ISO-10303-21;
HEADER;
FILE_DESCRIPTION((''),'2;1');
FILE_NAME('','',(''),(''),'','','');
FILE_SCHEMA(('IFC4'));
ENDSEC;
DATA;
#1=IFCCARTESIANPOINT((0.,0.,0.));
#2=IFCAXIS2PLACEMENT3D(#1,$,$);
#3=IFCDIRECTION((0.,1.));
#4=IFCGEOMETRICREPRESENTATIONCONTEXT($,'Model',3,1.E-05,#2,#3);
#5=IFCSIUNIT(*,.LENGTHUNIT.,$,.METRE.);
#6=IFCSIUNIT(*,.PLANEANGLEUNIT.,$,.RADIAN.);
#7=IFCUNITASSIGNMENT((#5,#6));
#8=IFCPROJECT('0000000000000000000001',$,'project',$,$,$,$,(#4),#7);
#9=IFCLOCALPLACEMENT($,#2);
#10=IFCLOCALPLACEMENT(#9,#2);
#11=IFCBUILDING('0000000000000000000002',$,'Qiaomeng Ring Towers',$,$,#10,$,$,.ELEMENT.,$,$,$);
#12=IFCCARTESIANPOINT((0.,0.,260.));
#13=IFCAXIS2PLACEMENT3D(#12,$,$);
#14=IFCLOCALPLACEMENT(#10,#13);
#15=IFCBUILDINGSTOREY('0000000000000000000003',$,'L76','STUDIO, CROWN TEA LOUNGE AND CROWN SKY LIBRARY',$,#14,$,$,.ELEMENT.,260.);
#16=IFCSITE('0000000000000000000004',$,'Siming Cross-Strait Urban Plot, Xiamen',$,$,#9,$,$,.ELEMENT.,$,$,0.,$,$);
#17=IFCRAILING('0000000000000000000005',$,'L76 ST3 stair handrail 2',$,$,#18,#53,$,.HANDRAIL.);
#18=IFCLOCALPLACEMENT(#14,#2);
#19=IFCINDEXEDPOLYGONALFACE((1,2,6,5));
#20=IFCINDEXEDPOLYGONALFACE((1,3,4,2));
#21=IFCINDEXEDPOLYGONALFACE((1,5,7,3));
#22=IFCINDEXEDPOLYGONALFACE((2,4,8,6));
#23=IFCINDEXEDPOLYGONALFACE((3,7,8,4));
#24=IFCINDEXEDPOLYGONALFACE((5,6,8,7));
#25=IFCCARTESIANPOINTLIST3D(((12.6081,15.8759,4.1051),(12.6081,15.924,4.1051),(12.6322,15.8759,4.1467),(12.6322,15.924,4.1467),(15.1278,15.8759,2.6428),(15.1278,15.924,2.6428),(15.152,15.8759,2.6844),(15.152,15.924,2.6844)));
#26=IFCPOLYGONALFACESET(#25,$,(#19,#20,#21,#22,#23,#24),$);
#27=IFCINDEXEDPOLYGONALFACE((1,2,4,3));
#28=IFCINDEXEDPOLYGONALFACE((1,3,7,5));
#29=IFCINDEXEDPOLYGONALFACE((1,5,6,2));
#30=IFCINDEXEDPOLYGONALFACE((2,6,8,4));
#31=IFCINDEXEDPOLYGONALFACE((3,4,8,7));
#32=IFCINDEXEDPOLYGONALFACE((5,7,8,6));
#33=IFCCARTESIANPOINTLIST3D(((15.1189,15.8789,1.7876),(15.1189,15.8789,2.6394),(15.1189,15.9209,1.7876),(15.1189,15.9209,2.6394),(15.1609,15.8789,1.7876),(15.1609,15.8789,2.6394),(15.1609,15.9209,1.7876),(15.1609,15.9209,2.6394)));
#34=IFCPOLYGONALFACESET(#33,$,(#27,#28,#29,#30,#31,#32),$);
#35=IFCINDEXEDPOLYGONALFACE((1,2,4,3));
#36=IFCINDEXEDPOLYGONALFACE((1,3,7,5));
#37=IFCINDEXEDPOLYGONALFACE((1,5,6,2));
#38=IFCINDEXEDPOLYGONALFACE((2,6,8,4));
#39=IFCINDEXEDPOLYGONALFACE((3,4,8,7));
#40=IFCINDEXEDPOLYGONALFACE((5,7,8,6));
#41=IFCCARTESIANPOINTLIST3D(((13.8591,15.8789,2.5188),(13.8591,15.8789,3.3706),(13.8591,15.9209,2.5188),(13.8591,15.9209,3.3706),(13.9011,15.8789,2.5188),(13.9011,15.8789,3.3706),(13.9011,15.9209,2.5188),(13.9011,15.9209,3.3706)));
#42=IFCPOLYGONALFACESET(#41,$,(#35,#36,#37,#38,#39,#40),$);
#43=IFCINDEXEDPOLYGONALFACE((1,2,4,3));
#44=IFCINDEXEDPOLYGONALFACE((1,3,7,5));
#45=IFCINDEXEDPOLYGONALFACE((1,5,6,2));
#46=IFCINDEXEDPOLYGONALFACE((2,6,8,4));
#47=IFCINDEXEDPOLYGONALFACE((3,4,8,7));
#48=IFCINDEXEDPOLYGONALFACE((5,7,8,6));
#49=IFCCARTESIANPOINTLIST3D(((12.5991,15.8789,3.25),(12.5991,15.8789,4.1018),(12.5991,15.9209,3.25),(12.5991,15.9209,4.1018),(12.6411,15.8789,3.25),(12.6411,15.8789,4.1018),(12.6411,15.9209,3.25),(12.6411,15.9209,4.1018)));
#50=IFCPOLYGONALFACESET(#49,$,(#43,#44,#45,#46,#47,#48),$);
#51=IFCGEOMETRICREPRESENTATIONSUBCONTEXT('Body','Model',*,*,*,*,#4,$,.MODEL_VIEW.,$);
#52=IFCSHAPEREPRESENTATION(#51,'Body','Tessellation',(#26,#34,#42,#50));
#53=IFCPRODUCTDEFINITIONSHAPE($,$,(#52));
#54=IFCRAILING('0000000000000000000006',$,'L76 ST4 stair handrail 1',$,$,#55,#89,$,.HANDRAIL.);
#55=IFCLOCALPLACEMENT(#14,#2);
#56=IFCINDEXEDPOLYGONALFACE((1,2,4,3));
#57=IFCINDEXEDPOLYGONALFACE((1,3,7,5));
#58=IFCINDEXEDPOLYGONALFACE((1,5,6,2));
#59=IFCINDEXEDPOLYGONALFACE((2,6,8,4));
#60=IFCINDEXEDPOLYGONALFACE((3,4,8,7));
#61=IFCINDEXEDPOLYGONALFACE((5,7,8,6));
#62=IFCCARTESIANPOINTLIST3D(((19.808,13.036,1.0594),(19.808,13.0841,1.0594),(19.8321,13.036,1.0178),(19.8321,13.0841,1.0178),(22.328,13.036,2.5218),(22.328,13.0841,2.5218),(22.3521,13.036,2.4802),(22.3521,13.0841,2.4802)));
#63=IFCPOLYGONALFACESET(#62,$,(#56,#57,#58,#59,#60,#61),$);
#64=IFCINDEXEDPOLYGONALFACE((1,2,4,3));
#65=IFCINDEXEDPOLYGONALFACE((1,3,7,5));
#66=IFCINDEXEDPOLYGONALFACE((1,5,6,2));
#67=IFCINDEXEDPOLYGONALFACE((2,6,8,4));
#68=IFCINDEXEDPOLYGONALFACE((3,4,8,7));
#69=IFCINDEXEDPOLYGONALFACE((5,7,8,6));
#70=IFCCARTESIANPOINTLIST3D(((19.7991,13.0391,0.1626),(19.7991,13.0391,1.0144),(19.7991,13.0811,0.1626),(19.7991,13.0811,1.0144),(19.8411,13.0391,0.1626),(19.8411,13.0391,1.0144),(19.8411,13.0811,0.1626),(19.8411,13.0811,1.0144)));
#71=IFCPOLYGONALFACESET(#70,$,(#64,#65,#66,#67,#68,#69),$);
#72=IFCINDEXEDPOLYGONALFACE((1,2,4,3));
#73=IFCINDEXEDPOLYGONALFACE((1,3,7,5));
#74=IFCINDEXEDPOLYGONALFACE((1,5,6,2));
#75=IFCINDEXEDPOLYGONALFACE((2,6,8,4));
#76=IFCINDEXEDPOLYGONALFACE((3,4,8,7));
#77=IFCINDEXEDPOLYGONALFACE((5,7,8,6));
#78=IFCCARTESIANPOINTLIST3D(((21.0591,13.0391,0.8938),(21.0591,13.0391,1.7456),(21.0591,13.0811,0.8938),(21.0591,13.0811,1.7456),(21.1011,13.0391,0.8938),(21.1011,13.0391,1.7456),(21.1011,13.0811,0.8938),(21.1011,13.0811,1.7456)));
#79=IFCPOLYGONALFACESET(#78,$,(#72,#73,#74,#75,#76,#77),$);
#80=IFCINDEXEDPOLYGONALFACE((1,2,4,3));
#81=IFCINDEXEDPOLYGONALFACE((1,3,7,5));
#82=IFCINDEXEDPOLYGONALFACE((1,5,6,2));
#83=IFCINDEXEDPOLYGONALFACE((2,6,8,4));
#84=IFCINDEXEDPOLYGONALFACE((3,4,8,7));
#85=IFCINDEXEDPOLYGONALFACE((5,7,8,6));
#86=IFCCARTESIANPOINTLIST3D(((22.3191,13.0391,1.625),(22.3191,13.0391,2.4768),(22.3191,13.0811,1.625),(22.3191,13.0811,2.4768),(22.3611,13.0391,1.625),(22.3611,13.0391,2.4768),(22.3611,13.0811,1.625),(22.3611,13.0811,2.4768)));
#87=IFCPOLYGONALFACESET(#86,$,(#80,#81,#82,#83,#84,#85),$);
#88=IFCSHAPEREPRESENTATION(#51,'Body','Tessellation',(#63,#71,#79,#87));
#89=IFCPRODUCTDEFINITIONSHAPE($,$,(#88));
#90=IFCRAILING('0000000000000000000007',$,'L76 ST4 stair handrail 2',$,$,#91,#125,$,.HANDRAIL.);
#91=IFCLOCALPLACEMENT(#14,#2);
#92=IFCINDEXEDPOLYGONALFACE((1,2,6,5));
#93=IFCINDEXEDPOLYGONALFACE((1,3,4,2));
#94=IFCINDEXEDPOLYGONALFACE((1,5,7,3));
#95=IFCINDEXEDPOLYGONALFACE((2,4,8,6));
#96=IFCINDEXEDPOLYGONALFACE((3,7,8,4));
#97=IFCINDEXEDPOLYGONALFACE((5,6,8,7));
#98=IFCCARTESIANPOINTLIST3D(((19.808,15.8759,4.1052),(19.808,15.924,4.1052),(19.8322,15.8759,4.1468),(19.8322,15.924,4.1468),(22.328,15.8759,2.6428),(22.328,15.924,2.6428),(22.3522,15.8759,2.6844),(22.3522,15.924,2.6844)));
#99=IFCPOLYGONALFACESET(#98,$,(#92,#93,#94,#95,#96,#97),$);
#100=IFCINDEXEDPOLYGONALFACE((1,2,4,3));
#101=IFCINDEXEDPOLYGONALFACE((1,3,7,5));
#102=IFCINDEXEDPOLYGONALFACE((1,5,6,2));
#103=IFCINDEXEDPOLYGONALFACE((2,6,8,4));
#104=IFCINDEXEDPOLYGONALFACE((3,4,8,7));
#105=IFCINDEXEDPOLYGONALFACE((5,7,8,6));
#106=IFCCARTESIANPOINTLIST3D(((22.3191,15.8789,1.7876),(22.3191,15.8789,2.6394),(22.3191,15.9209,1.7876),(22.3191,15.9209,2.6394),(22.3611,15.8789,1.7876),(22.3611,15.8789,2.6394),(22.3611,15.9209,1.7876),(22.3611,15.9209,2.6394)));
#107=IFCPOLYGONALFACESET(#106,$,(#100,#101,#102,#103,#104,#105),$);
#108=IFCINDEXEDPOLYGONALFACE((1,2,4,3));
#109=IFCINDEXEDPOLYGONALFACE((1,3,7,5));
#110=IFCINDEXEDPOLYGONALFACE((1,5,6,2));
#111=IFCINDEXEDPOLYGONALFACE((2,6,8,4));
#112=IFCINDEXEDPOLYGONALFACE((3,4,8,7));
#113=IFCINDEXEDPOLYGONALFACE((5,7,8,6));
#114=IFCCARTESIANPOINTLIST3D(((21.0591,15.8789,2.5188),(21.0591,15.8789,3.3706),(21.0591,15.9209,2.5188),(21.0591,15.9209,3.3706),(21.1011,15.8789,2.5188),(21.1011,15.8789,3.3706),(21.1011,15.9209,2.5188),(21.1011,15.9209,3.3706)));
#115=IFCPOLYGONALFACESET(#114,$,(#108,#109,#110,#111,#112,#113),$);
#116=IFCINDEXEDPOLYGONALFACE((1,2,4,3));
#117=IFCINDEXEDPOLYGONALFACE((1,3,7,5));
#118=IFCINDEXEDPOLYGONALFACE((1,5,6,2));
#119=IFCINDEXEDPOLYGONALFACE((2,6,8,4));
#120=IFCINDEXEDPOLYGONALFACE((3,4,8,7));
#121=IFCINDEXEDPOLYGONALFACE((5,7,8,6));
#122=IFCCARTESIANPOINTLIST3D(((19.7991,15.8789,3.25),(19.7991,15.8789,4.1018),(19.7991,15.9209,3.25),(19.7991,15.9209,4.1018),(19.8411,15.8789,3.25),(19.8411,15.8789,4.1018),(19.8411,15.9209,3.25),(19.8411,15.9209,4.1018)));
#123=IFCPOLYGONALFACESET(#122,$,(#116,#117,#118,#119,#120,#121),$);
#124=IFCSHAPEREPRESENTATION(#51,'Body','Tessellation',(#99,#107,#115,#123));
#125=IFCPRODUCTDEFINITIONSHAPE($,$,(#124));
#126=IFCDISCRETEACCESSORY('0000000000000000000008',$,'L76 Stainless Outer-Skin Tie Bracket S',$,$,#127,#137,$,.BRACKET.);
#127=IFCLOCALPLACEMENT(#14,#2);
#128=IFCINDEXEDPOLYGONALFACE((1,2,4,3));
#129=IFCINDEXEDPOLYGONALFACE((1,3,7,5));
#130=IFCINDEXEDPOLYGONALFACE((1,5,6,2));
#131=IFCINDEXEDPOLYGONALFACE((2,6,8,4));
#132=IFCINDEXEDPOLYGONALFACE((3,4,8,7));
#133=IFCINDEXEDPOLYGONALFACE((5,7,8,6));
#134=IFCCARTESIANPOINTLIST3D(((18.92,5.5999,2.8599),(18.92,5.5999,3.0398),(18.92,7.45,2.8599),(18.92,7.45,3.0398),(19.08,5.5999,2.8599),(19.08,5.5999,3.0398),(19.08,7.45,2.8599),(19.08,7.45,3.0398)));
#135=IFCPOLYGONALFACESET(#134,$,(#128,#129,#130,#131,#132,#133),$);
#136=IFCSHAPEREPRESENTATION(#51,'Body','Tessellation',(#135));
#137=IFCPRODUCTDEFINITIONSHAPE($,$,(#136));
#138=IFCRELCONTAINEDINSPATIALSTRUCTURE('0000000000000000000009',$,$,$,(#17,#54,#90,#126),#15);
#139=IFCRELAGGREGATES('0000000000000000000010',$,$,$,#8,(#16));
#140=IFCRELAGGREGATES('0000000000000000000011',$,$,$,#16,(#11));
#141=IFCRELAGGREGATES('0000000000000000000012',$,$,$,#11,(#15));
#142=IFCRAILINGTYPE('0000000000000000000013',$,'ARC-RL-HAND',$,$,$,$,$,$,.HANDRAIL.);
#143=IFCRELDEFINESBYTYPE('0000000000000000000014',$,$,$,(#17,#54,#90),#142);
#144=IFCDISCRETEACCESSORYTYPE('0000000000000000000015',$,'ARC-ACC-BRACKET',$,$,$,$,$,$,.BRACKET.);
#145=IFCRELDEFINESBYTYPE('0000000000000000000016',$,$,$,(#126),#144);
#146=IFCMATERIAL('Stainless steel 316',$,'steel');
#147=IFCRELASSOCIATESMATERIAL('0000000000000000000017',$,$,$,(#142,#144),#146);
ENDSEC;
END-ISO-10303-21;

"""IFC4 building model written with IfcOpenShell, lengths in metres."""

from ifc_helpers import new_model, si_unit, direction, frame, origin, origin_2d, place, context, subcontext, project, spatial, rectangle, extrude, source, transform, mapped, material, type_object, element, save


model = new_model("IFC4")

# Units and contexts
model_context = context("Model", 3, precision=1e-05, world=origin(), true_north=direction((0.0, 1.0)))
body_context = subcontext(model_context, "Body", "Model", "MODEL_VIEW")
ifc_project = project(units=[si_unit("LENGTHUNIT", "METRE"), si_unit("PLANEANGLEUNIT", "RADIAN")], contexts=[model_context])

# Site, building, storey
site_placement = place(None, origin())
site = spatial("IfcSite", under=ifc_project, at=site_placement, Name="Siming Cross-Strait Urban Plot, Xiamen", CompositionType="ELEMENT", RefElevation=0.0)
building_placement = place(site_placement, origin())
building = spatial("IfcBuilding", under=site, at=building_placement, Name="Qiaomeng Ring Towers", CompositionType="ELEMENT")
storey_placement = place(building_placement, frame((0.0, 0.0, 260.0)))
storey = spatial("IfcBuildingStorey", under=building, at=storey_placement, Name="L76", Description="STUDIO, CROWN TEA LOUNGE AND CROWN SKY LIBRARY", CompositionType="ELEMENT", Elevation=260.0)

# Railings
ifc_material_1 = material(Name="Stainless steel 316", Category="steel")
railing_type_1 = type_object("IfcRailingType", Name="ARC-RL-HAND", PredefinedType="HANDRAIL", material=ifc_material_1)
railing_1_placement = place(storey_placement, frame((15.1399, 15.8999, 1.7876)))
element("IfcRailing", 1, at=railing_1_placement, inside=storey, type_object=railing_type_1, Name="L76 ST3 stair handrail 2", PredefinedType="HANDRAIL", context=body_context, shape_type="SweptSolid", body=[
    extrude(rectangle(XDim=0.0481, YDim=0.0481, at=origin_2d()), frame((0.0, 0.0, 0.876), z_axis=(-0.864892, 0.0, 0.501958), x_axis=(0.0, -1.0, 0.0)), (0.0, 0.0, 1.0), 2.9133),
    extrude(rectangle(XDim=0.042, YDim=0.042, at=origin_2d()), origin(), (0.0, 0.0, 1.0), 0.8518),
    extrude(rectangle(XDim=0.042, YDim=0.042, at=origin_2d()), frame((-1.2598, 0.0, 0.7312)), (0.0, 0.0, 1.0), 0.8518),
    extrude(rectangle(XDim=0.042, YDim=0.042, at=origin_2d()), frame((-2.5198, 0.0, 1.4624)), (0.0, 0.0, 1.0), 0.8518),
])
railing_2_placement = place(storey_placement, frame((19.8201, 13.0601, 0.1626)))
element("IfcRailing", 2, at=railing_2_placement, inside=storey, type_object=railing_type_1, Name="L76 ST4 stair handrail 1", PredefinedType="HANDRAIL", context=body_context, shape_type="SweptSolid", body=[
    extrude(rectangle(XDim=0.0481, YDim=0.0481, at=origin_2d()), frame((0.0, 0.0, 0.876), z_axis=(0.864913, 0.0, 0.501921), x_axis=(0.0, 1.0, 0.0)), (0.0, 0.0, 1.0), 2.9136),
    extrude(rectangle(XDim=0.042, YDim=0.042, at=origin_2d()), origin(), (0.0, 0.0, 1.0), 0.8518),
    extrude(rectangle(XDim=0.042, YDim=0.042, at=origin_2d()), frame((1.26, 0.0, 0.7312)), (0.0, 0.0, 1.0), 0.8518),
    extrude(rectangle(XDim=0.042, YDim=0.042, at=origin_2d()), frame((2.52, 0.0, 1.4624)), (0.0, 0.0, 1.0), 0.8518),
])
railing_3_placement = place(storey_placement, frame((22.3401, 15.8999, 1.7876)))
element("IfcRailing", 3, at=railing_3_placement, inside=storey, type_object=railing_type_1, Name="L76 ST4 stair handrail 2", PredefinedType="HANDRAIL", context=body_context, shape_type="SweptSolid", body=[
    extrude(rectangle(XDim=0.0481, YDim=0.0481, at=origin_2d()), frame((0.0, 0.0, 0.876), z_axis=(-0.864913, 0.0, 0.501921), x_axis=(0.0, -1.0, 0.0)), (0.0, 0.0, 1.0), 2.9136),
    extrude(rectangle(XDim=0.042, YDim=0.042, at=origin_2d()), origin(), (0.0, 0.0, 1.0), 0.8518),
    extrude(rectangle(XDim=0.042, YDim=0.042, at=origin_2d()), frame((-1.26, 0.0, 0.7312)), (0.0, 0.0, 1.0), 0.8518),
    extrude(rectangle(XDim=0.042, YDim=0.042, at=origin_2d()), frame((-2.52, 0.0, 1.4624)), (0.0, 0.0, 1.0), 0.8518),
])

# Discrete accessory
discrete_accessory_type = type_object("IfcDiscreteAccessoryType", Name="ARC-ACC-BRACKET", PredefinedType="BRACKET", material=ifc_material_1)
shared_shape_1 = source(origin(), body_context, "Body", "SweptSolid", [
    extrude(rectangle(XDim=0.1599, YDim=1.8501, at=origin_2d()), origin(), (0.0, 0.0, 1.0), 0.1799),
])
discrete_accessory_placement = place(storey_placement, frame((19.0, 6.5249, 2.8599), z_axis=(0.0, 0.0, 1.0), x_axis=(1.0, 0.0, 0.0)))
element("IfcDiscreteAccessory", 4, at=discrete_accessory_placement, inside=storey, type_object=discrete_accessory_type, Name="L76 Stainless Outer-Skin Tie Bracket S", PredefinedType="BRACKET", context=body_context, shape_type="MappedRepresentation", body=[
    mapped(shared_shape_1, transform((0.0, 0.0, 0.0), x_axis=(1.0, 0.0, 0.0), y_axis=(0.0, 1.0, 0.0), z_axis=(0.0, 0.0, 1.0), scale=1.0)),
])

save(model, "model.ifc")
